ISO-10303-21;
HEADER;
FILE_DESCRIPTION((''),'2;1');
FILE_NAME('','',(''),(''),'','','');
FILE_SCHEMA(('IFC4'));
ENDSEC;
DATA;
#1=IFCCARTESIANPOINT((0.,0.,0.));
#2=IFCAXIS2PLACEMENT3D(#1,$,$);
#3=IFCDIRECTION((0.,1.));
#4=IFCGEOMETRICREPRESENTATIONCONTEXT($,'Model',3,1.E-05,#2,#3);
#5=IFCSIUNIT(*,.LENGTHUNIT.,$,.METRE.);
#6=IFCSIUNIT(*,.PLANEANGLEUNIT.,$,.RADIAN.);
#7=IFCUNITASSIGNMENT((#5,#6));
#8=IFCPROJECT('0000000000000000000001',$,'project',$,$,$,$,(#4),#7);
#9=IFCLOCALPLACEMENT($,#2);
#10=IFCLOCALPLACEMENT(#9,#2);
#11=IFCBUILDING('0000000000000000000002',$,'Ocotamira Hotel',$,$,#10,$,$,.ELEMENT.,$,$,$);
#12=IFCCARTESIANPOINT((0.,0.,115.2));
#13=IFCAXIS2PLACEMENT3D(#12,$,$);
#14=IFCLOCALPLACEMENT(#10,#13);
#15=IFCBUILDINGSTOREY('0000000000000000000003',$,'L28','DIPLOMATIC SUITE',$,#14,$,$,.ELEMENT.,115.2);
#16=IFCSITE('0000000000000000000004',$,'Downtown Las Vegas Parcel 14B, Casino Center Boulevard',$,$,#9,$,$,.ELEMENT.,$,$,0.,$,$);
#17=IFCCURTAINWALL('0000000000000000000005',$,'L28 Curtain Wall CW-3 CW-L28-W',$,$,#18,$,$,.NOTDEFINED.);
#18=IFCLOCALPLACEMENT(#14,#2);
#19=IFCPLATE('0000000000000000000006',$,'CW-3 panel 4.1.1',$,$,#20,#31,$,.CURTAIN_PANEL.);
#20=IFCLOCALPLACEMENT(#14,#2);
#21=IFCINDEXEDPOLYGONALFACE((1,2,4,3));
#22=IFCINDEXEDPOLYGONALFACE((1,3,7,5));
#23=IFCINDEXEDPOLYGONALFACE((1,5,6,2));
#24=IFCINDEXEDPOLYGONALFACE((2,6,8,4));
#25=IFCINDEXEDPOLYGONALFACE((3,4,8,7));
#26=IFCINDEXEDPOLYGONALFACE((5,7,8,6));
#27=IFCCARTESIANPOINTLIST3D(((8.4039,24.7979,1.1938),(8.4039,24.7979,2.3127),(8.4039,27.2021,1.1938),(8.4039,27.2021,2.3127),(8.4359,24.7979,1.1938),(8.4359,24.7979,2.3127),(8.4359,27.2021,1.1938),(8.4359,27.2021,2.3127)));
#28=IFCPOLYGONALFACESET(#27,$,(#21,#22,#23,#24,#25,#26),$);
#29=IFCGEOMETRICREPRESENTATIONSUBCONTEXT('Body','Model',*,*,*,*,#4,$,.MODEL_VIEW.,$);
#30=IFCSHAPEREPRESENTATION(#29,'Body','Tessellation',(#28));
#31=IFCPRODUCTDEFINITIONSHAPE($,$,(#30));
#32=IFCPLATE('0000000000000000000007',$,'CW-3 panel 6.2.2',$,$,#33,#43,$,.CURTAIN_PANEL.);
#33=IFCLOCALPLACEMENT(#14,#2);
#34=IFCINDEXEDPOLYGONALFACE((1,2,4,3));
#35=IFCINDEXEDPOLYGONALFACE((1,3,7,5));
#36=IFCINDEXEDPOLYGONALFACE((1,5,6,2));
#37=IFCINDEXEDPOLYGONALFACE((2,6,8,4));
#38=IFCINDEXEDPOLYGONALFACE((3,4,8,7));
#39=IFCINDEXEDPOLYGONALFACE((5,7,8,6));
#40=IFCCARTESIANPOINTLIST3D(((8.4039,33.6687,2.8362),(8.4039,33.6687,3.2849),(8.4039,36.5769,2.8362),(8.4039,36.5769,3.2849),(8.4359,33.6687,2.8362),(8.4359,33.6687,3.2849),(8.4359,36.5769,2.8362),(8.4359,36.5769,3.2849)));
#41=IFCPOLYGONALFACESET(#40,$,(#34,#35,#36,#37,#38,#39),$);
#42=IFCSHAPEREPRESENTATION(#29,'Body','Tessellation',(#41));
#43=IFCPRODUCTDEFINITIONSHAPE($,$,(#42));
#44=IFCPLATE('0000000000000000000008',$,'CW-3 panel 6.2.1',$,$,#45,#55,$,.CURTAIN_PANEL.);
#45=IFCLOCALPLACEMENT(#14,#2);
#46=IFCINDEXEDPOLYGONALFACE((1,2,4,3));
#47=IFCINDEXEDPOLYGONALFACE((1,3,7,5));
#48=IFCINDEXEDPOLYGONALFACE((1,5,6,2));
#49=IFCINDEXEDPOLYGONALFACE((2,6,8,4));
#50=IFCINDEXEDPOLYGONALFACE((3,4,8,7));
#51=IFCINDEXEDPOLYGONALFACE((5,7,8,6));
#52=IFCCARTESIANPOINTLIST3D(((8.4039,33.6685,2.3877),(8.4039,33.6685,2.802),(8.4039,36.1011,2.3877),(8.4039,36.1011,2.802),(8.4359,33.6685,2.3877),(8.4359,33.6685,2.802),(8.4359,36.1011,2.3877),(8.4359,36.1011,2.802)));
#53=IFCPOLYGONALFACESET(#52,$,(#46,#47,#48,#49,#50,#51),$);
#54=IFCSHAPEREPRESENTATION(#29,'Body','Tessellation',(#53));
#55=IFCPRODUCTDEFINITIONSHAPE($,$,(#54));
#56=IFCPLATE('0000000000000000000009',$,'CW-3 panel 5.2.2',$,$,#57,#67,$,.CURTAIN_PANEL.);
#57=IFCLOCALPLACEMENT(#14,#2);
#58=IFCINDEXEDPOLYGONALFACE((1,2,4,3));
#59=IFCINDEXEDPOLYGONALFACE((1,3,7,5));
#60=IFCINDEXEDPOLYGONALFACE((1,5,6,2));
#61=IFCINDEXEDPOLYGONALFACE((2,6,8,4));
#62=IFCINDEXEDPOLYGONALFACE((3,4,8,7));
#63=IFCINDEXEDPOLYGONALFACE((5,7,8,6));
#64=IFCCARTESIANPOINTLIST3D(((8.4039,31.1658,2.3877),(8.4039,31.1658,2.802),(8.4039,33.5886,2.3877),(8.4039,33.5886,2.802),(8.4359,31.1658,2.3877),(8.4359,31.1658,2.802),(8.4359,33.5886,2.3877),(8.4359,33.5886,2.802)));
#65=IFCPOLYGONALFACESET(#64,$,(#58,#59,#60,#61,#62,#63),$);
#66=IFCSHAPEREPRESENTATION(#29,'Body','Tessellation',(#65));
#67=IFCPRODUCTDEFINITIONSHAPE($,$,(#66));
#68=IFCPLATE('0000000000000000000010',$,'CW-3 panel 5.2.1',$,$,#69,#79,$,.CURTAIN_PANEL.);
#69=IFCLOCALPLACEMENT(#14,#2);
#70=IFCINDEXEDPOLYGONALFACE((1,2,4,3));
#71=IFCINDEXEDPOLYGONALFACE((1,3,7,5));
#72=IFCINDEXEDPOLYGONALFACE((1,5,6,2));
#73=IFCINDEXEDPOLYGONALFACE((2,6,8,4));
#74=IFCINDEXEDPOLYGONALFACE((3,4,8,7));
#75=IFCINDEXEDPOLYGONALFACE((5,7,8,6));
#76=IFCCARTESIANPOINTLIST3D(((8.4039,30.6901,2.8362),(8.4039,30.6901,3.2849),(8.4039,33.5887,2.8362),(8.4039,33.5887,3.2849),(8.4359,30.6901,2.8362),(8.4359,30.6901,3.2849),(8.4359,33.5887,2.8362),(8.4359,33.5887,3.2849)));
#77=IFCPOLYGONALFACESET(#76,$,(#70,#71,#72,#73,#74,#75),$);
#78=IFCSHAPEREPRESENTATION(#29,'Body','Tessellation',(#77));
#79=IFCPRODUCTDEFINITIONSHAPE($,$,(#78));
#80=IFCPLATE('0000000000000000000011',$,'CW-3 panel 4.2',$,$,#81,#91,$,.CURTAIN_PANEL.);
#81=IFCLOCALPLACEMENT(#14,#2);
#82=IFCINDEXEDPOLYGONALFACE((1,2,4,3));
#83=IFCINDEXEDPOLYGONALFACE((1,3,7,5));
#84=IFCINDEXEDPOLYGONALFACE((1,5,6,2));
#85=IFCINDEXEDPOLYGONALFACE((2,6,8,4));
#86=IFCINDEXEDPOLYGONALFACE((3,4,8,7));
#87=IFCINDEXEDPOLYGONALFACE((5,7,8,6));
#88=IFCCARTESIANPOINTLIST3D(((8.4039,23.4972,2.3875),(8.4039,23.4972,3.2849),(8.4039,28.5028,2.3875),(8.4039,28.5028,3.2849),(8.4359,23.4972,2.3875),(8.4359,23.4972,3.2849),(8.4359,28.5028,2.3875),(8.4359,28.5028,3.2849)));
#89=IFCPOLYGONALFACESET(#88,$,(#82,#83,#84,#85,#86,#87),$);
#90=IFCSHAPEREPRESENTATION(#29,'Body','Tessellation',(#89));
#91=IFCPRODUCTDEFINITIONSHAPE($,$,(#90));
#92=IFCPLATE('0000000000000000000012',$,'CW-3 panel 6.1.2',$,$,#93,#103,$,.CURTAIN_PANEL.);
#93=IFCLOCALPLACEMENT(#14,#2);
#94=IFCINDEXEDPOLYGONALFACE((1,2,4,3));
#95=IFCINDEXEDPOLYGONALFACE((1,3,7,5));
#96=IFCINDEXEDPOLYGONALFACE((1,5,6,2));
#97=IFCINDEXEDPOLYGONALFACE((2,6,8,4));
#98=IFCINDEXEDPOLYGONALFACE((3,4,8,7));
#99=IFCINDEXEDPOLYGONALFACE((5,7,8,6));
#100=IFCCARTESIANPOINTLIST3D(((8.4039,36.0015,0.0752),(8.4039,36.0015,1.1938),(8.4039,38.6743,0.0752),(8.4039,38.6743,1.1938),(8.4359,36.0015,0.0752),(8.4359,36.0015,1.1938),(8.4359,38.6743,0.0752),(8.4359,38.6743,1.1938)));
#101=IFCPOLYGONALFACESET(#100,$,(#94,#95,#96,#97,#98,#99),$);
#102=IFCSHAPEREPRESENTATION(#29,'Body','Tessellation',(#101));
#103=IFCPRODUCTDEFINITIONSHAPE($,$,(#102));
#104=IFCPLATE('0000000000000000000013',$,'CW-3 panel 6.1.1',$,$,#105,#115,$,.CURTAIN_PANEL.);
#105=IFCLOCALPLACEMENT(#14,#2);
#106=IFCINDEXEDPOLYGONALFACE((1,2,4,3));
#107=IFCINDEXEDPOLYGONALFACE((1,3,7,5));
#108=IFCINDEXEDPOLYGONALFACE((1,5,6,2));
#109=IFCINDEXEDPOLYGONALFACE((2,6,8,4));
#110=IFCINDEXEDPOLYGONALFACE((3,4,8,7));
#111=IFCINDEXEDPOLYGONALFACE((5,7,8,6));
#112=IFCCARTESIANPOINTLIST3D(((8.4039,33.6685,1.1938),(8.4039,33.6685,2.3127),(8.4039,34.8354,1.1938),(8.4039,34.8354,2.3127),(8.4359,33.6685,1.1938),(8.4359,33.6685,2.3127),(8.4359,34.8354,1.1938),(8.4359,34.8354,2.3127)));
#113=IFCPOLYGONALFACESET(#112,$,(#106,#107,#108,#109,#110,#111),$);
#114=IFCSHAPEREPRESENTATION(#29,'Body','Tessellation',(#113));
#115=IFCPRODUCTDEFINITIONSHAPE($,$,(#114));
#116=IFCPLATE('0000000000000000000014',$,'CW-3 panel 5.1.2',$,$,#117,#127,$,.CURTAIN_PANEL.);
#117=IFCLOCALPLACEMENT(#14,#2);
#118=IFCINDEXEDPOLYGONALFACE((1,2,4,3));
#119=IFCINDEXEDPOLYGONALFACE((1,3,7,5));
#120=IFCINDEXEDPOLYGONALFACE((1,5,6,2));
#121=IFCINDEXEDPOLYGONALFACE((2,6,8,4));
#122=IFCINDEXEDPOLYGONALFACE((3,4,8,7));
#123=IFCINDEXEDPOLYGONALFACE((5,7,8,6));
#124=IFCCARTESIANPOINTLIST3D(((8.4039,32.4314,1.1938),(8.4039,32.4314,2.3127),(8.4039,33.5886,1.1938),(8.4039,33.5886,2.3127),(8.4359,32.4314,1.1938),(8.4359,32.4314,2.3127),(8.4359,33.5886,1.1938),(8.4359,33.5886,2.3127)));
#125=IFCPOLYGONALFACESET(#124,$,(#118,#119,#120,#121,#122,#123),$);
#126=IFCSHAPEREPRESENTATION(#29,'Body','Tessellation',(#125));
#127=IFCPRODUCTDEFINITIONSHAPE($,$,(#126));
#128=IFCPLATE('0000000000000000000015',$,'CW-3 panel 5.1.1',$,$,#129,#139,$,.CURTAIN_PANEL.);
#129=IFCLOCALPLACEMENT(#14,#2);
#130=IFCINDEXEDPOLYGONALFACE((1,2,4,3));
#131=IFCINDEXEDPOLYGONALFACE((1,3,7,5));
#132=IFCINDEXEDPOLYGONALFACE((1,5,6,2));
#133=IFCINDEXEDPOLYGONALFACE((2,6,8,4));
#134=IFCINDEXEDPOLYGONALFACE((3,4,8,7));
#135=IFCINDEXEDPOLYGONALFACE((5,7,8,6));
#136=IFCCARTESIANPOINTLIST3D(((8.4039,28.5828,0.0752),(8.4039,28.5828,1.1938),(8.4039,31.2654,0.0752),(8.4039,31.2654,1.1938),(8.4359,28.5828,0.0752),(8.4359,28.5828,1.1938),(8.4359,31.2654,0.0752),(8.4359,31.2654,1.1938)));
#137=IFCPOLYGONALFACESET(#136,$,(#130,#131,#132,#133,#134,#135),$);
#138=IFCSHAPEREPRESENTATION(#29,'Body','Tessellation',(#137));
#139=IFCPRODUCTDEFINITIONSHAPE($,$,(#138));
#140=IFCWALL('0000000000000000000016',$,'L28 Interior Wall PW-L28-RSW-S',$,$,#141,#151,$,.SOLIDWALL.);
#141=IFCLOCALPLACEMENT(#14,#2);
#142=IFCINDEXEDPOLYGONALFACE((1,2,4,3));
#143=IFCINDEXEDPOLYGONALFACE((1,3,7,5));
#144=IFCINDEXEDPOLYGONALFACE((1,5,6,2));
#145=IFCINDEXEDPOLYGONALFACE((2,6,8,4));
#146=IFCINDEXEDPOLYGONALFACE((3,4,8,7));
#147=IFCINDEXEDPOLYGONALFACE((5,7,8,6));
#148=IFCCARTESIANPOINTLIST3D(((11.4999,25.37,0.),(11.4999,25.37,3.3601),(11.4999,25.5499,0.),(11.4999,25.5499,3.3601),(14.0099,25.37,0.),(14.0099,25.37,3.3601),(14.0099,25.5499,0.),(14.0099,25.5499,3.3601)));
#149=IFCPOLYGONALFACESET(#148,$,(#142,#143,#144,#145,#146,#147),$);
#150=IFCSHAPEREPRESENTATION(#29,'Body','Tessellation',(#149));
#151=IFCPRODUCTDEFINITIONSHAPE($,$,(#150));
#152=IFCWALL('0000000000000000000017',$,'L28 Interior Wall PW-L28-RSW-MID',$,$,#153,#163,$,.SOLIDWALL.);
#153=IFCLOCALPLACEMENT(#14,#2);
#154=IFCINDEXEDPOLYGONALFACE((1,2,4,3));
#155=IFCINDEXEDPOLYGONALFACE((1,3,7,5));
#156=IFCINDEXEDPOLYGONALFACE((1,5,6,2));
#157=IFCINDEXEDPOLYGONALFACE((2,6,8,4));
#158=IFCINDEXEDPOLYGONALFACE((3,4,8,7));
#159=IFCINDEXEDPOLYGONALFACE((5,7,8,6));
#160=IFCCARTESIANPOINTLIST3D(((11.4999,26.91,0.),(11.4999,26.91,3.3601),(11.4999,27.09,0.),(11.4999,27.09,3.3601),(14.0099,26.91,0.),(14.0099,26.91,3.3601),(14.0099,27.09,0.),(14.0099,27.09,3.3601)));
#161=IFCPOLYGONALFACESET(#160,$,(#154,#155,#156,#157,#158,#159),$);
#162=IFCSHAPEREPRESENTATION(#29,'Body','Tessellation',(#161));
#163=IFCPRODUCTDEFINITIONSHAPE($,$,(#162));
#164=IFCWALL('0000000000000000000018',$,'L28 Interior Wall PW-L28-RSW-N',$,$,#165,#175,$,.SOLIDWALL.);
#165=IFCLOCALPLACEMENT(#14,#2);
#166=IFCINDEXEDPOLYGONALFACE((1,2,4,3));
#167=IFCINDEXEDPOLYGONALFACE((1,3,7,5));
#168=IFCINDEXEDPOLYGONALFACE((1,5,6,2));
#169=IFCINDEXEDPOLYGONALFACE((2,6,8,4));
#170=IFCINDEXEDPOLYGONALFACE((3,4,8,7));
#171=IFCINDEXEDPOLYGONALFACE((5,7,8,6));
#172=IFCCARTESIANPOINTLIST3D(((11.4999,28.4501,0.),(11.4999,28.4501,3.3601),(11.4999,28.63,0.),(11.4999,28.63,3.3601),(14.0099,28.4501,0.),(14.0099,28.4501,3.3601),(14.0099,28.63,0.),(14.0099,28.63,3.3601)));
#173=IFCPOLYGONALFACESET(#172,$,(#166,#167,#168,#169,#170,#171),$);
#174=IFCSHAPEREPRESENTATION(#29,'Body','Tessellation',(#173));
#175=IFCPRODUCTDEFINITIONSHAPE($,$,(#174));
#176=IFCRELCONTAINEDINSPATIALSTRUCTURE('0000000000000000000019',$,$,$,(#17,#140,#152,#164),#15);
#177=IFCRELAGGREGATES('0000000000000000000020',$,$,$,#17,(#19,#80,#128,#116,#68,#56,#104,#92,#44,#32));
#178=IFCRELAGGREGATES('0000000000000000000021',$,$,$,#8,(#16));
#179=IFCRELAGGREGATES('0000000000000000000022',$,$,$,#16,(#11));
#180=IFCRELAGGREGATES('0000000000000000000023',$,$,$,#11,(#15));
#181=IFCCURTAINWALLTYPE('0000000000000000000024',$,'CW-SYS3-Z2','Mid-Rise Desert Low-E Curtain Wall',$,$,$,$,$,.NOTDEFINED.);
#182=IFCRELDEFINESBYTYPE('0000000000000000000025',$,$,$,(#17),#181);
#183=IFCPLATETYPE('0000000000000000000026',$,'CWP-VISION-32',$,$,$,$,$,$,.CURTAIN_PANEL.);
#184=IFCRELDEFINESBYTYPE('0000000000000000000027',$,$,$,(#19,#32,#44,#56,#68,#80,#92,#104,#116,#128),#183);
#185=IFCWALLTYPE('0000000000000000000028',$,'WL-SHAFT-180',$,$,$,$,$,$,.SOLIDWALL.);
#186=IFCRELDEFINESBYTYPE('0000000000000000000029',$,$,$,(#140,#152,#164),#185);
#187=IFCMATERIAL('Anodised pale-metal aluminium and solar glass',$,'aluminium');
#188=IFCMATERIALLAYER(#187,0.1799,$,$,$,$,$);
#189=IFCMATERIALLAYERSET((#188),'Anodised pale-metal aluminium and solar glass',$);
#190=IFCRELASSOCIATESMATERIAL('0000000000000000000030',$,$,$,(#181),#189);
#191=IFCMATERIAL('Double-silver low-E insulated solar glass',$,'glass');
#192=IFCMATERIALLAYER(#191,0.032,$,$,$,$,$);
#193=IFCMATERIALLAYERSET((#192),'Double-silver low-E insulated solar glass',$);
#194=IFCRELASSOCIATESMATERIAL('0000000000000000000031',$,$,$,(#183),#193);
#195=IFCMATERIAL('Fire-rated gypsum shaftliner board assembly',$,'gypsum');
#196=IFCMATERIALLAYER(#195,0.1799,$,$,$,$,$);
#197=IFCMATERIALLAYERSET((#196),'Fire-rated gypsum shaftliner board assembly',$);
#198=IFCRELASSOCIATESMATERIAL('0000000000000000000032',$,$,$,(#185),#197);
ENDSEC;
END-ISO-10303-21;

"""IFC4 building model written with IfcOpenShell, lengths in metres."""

from ifc_helpers import new_model, si_unit, direction, frame, frame_2d, origin, origin_2d, place, context, subcontext, project, spatial, rectangle, extrude, source, transform, mapped, material, layer, layer_set, type_object, element, aggregate, save


model = new_model("IFC4")

# Units and contexts
model_context = context("Model", 3, precision=1e-05, world=origin(), true_north=direction((0.0, 1.0)))
body_context = subcontext(model_context, "Body", "Model", "MODEL_VIEW")
ifc_project = project(units=[si_unit("LENGTHUNIT", "METRE"), si_unit("PLANEANGLEUNIT", "RADIAN")], contexts=[model_context])

# Site, building, storey
site_placement = place(None, origin())
site = spatial("IfcSite", under=ifc_project, at=site_placement, Name="Downtown Las Vegas Parcel 14B, Casino Center Boulevard", CompositionType="ELEMENT", RefElevation=0.0)
building_placement = place(site_placement, origin())
building = spatial("IfcBuilding", under=site, at=building_placement, Name="Ocotamira Hotel", CompositionType="ELEMENT")
storey_placement = place(building_placement, frame((0.0, 0.0, 115.2)))
storey = spatial("IfcBuildingStorey", under=building, at=storey_placement, Name="L28", Description="DIPLOMATIC SUITE", CompositionType="ELEMENT", Elevation=115.2)

# Curtain wall
ifc_material_1 = material(Name="Anodised pale-metal aluminium and solar glass", Category="aluminium")
ifc_layer_1 = layer(ifc_material_1, 0.1799)
ifc_layer_set_1 = layer_set([ifc_layer_1], Name="Anodised pale-metal aluminium and solar glass")
curtain_wall_type = type_object("IfcCurtainWallType", Name="CW-SYS3-Z2", Description="Mid-Rise Desert Low-E Curtain Wall", PredefinedType="NOTDEFINED", material=ifc_layer_set_1)
curtain_wall_placement = place(storey_placement, origin())
curtain_wall = element("IfcCurtainWall", 1, at=curtain_wall_placement, inside=storey, type_object=curtain_wall_type, Name="L28 Curtain Wall CW-3 CW-L28-W", PredefinedType="NOTDEFINED")

# Plates
ifc_material_2 = material(Name="Double-silver low-E insulated solar glass", Category="glass")
ifc_layer_2 = layer(ifc_material_2, 0.032)
ifc_layer_set_2 = layer_set([ifc_layer_2], Name="Double-silver low-E insulated solar glass")
plate_type_1 = type_object("IfcPlateType", Name="CWP-VISION-32", PredefinedType="CURTAIN_PANEL", material=ifc_layer_set_2)
shared_shape_1 = source(origin(), body_context, "Body", "SweptSolid", [
    extrude(rectangle(XDim=2.4043, YDim=0.032, at=origin_2d()), origin(), (0.0, 0.0, 1.0), 1.1189),
])
plate_1_placement = place(storey_placement, frame((8.4199, 26.0, 1.1938), z_axis=(0.0, 0.0, 1.0), x_axis=(0.0, 1.0, 0.0)))
plate_1 = element("IfcPlate", 2, at=plate_1_placement, type_object=plate_type_1, Name="CW-3 panel 4.1.1", PredefinedType="CURTAIN_PANEL", context=body_context, shape_type="MappedRepresentation", body=[
    mapped(shared_shape_1, transform((0.0, 0.0, 0.0), scale=1.0)),
])
shared_shape_2 = source(origin(), body_context, "Body", "SweptSolid", [
    extrude(rectangle(XDim=2.9082, YDim=0.032, at=origin_2d()), origin(), (0.0, 0.0, 1.0), 0.4487),
])
plate_2_placement = place(storey_placement, frame((8.4199, 35.1228, 2.8362), z_axis=(0.0, 0.0, 1.0), x_axis=(0.0, 1.0, 0.0)))
plate_2 = element("IfcPlate", 3, at=plate_2_placement, type_object=plate_type_1, Name="CW-3 panel 6.2.2", PredefinedType="CURTAIN_PANEL", context=body_context, shape_type="MappedRepresentation", body=[
    mapped(shared_shape_2, transform((0.0, 0.0, 0.0), scale=1.0)),
])
shared_shape_3 = source(origin(), body_context, "Body", "SweptSolid", [
    extrude(rectangle(XDim=2.4326, YDim=0.032, at=origin_2d()), origin(), (0.0, 0.0, 1.0), 0.4143),
])
plate_3_placement = place(storey_placement, frame((8.4199, 34.8848, 2.3877), z_axis=(0.0, 0.0, 1.0), x_axis=(0.0, 1.0, 0.0)))
plate_3 = element("IfcPlate", 4, at=plate_3_placement, type_object=plate_type_1, Name="CW-3 panel 6.2.1", PredefinedType="CURTAIN_PANEL", context=body_context, shape_type="MappedRepresentation", body=[
    mapped(shared_shape_3, transform((0.0, 0.0, 0.0), scale=1.0)),
])
shared_shape_4 = source(origin(), body_context, "Body", "SweptSolid", [
    extrude(rectangle(XDim=2.4229, YDim=0.032, at=origin_2d()), origin(), (0.0, 0.0, 1.0), 0.4143),
])
plate_4_placement = place(storey_placement, frame((8.4199, 32.3772, 2.3877), z_axis=(0.0, 0.0, 1.0), x_axis=(0.0, 1.0, 0.0)))
plate_4 = element("IfcPlate", 5, at=plate_4_placement, type_object=plate_type_1, Name="CW-3 panel 5.2.2", PredefinedType="CURTAIN_PANEL", context=body_context, shape_type="MappedRepresentation", body=[
    mapped(shared_shape_4, transform((0.0, 0.0, 0.0), scale=1.0)),
])
shared_shape_5 = source(origin(), body_context, "Body", "SweptSolid", [
    extrude(rectangle(XDim=2.8987, YDim=0.032, at=origin_2d()), origin(), (0.0, 0.0, 1.0), 0.4487),
])
plate_5_placement = place(storey_placement, frame((8.4199, 32.1394, 2.8362), z_axis=(0.0, 0.0, 1.0), x_axis=(0.0, 1.0, 0.0)))
plate_5 = element("IfcPlate", 6, at=plate_5_placement, type_object=plate_type_1, Name="CW-3 panel 5.2.1", PredefinedType="CURTAIN_PANEL", context=body_context, shape_type="MappedRepresentation", body=[
    mapped(shared_shape_5, transform((0.0, 0.0, 0.0), scale=1.0)),
])
shared_shape_6 = source(origin(), body_context, "Body", "SweptSolid", [
    extrude(rectangle(XDim=5.0056, YDim=0.032, at=origin_2d()), origin(), (0.0, 0.0, 1.0), 0.8975),
])
plate_6_placement = place(storey_placement, frame((8.4199, 26.0, 2.3875), z_axis=(0.0, 0.0, 1.0), x_axis=(0.0, 1.0, 0.0)))
plate_6 = element("IfcPlate", 7, at=plate_6_placement, type_object=plate_type_1, Name="CW-3 panel 4.2", PredefinedType="CURTAIN_PANEL", context=body_context, shape_type="MappedRepresentation", body=[
    mapped(shared_shape_6, transform((0.0, 0.0, 0.0), scale=1.0)),
])
shared_shape_7 = source(origin(), body_context, "Body", "SweptSolid", [
    extrude(rectangle(XDim=2.6729, YDim=0.032, at=origin_2d()), origin(), (0.0, 0.0, 1.0), 1.1187),
])
plate_7_placement = place(storey_placement, frame((8.4199, 37.3379, 0.0752), z_axis=(0.0, 0.0, 1.0), x_axis=(0.0, 1.0, 0.0)))
plate_7 = element("IfcPlate", 8, at=plate_7_placement, type_object=plate_type_1, Name="CW-3 panel 6.1.2", PredefinedType="CURTAIN_PANEL", context=body_context, shape_type="MappedRepresentation", body=[
    mapped(shared_shape_7, transform((0.0, 0.0, 0.0), scale=1.0)),
])
shared_shape_8 = source(origin(), body_context, "Body", "SweptSolid", [
    extrude(rectangle(XDim=1.167, YDim=0.032, at=origin_2d()), origin(), (0.0, 0.0, 1.0), 1.1189),
])
plate_8_placement = place(storey_placement, frame((8.4199, 34.252, 1.1938), z_axis=(0.0, 0.0, 1.0), x_axis=(0.0, 1.0, 0.0)))
plate_8 = element("IfcPlate", 9, at=plate_8_placement, type_object=plate_type_1, Name="CW-3 panel 6.1.1", PredefinedType="CURTAIN_PANEL", context=body_context, shape_type="MappedRepresentation", body=[
    mapped(shared_shape_8, transform((0.0, 0.0, 0.0), scale=1.0)),
])
shared_shape_9 = source(origin(), body_context, "Body", "SweptSolid", [
    extrude(rectangle(XDim=1.1572, YDim=0.032, at=origin_2d()), origin(), (0.0, 0.0, 1.0), 1.1189),
])
plate_9_placement = place(storey_placement, frame((8.4199, 33.01, 1.1938), z_axis=(0.0, 0.0, 1.0), x_axis=(0.0, 1.0, 0.0)))
plate_9 = element("IfcPlate", 10, at=plate_9_placement, type_object=plate_type_1, Name="CW-3 panel 5.1.2", PredefinedType="CURTAIN_PANEL", context=body_context, shape_type="MappedRepresentation", body=[
    mapped(shared_shape_9, transform((0.0, 0.0, 0.0), scale=1.0)),
])
shared_shape_10 = source(origin(), body_context, "Body", "SweptSolid", [
    extrude(rectangle(XDim=2.6826, YDim=0.032, at=origin_2d()), origin(), (0.0, 0.0, 1.0), 1.1187),
])
plate_10_placement = place(storey_placement, frame((8.4199, 29.9241, 0.0752), z_axis=(0.0, 0.0, 1.0), x_axis=(0.0, 1.0, 0.0)))
plate_10 = element("IfcPlate", 11, at=plate_10_placement, type_object=plate_type_1, Name="CW-3 panel 5.1.1", PredefinedType="CURTAIN_PANEL", context=body_context, shape_type="MappedRepresentation", body=[
    mapped(shared_shape_10, transform((0.0, 0.0, 0.0), scale=1.0)),
])
aggregate(curtain_wall, [plate_1, plate_6, plate_10, plate_9, plate_5, plate_4, plate_8, plate_7, plate_3, plate_2])

# Walls
ifc_material_3 = material(Name="Fire-rated gypsum shaftliner board assembly", Category="gypsum")
ifc_layer_3 = layer(ifc_material_3, 0.1799)
ifc_layer_set_3 = layer_set([ifc_layer_3], Name="Fire-rated gypsum shaftliner board assembly")
wall_type_1 = type_object("IfcWallType", Name="WL-SHAFT-180", PredefinedType="SOLIDWALL", material=ifc_layer_set_3)
for number, where, z_axis, x_axis, name in (
    (12, (11.5, 25.46, 0.0), (0.0, 0.0, 1.0), (1.0, 0.0, 0.0), "L28 Interior Wall PW-L28-RSW-S"),
    (13, (11.5, 27.0, 0.0), (0.0, 0.0, 1.0), (1.0, 0.0, 0.0), "L28 Interior Wall PW-L28-RSW-MID"),
    (14, (11.5, 28.54, 0.0), (0.0, 0.0, 1.0), (1.0, 0.0, 0.0), "L28 Interior Wall PW-L28-RSW-N"),
):
    element("IfcWall", number, at=place(storey_placement, frame(where, z_axis=z_axis, x_axis=x_axis)), inside=storey, type_object=wall_type_1, Name=name, PredefinedType="SOLIDWALL", context=body_context, shape_type="SweptSolid", body=[
        extrude(rectangle(XDim=2.51, YDim=0.1799, at=frame_2d((1.2549, 0.0))), origin(), (0.0, 0.0, 1.0), 3.3601),
    ])

save(model, "model.ifc")
